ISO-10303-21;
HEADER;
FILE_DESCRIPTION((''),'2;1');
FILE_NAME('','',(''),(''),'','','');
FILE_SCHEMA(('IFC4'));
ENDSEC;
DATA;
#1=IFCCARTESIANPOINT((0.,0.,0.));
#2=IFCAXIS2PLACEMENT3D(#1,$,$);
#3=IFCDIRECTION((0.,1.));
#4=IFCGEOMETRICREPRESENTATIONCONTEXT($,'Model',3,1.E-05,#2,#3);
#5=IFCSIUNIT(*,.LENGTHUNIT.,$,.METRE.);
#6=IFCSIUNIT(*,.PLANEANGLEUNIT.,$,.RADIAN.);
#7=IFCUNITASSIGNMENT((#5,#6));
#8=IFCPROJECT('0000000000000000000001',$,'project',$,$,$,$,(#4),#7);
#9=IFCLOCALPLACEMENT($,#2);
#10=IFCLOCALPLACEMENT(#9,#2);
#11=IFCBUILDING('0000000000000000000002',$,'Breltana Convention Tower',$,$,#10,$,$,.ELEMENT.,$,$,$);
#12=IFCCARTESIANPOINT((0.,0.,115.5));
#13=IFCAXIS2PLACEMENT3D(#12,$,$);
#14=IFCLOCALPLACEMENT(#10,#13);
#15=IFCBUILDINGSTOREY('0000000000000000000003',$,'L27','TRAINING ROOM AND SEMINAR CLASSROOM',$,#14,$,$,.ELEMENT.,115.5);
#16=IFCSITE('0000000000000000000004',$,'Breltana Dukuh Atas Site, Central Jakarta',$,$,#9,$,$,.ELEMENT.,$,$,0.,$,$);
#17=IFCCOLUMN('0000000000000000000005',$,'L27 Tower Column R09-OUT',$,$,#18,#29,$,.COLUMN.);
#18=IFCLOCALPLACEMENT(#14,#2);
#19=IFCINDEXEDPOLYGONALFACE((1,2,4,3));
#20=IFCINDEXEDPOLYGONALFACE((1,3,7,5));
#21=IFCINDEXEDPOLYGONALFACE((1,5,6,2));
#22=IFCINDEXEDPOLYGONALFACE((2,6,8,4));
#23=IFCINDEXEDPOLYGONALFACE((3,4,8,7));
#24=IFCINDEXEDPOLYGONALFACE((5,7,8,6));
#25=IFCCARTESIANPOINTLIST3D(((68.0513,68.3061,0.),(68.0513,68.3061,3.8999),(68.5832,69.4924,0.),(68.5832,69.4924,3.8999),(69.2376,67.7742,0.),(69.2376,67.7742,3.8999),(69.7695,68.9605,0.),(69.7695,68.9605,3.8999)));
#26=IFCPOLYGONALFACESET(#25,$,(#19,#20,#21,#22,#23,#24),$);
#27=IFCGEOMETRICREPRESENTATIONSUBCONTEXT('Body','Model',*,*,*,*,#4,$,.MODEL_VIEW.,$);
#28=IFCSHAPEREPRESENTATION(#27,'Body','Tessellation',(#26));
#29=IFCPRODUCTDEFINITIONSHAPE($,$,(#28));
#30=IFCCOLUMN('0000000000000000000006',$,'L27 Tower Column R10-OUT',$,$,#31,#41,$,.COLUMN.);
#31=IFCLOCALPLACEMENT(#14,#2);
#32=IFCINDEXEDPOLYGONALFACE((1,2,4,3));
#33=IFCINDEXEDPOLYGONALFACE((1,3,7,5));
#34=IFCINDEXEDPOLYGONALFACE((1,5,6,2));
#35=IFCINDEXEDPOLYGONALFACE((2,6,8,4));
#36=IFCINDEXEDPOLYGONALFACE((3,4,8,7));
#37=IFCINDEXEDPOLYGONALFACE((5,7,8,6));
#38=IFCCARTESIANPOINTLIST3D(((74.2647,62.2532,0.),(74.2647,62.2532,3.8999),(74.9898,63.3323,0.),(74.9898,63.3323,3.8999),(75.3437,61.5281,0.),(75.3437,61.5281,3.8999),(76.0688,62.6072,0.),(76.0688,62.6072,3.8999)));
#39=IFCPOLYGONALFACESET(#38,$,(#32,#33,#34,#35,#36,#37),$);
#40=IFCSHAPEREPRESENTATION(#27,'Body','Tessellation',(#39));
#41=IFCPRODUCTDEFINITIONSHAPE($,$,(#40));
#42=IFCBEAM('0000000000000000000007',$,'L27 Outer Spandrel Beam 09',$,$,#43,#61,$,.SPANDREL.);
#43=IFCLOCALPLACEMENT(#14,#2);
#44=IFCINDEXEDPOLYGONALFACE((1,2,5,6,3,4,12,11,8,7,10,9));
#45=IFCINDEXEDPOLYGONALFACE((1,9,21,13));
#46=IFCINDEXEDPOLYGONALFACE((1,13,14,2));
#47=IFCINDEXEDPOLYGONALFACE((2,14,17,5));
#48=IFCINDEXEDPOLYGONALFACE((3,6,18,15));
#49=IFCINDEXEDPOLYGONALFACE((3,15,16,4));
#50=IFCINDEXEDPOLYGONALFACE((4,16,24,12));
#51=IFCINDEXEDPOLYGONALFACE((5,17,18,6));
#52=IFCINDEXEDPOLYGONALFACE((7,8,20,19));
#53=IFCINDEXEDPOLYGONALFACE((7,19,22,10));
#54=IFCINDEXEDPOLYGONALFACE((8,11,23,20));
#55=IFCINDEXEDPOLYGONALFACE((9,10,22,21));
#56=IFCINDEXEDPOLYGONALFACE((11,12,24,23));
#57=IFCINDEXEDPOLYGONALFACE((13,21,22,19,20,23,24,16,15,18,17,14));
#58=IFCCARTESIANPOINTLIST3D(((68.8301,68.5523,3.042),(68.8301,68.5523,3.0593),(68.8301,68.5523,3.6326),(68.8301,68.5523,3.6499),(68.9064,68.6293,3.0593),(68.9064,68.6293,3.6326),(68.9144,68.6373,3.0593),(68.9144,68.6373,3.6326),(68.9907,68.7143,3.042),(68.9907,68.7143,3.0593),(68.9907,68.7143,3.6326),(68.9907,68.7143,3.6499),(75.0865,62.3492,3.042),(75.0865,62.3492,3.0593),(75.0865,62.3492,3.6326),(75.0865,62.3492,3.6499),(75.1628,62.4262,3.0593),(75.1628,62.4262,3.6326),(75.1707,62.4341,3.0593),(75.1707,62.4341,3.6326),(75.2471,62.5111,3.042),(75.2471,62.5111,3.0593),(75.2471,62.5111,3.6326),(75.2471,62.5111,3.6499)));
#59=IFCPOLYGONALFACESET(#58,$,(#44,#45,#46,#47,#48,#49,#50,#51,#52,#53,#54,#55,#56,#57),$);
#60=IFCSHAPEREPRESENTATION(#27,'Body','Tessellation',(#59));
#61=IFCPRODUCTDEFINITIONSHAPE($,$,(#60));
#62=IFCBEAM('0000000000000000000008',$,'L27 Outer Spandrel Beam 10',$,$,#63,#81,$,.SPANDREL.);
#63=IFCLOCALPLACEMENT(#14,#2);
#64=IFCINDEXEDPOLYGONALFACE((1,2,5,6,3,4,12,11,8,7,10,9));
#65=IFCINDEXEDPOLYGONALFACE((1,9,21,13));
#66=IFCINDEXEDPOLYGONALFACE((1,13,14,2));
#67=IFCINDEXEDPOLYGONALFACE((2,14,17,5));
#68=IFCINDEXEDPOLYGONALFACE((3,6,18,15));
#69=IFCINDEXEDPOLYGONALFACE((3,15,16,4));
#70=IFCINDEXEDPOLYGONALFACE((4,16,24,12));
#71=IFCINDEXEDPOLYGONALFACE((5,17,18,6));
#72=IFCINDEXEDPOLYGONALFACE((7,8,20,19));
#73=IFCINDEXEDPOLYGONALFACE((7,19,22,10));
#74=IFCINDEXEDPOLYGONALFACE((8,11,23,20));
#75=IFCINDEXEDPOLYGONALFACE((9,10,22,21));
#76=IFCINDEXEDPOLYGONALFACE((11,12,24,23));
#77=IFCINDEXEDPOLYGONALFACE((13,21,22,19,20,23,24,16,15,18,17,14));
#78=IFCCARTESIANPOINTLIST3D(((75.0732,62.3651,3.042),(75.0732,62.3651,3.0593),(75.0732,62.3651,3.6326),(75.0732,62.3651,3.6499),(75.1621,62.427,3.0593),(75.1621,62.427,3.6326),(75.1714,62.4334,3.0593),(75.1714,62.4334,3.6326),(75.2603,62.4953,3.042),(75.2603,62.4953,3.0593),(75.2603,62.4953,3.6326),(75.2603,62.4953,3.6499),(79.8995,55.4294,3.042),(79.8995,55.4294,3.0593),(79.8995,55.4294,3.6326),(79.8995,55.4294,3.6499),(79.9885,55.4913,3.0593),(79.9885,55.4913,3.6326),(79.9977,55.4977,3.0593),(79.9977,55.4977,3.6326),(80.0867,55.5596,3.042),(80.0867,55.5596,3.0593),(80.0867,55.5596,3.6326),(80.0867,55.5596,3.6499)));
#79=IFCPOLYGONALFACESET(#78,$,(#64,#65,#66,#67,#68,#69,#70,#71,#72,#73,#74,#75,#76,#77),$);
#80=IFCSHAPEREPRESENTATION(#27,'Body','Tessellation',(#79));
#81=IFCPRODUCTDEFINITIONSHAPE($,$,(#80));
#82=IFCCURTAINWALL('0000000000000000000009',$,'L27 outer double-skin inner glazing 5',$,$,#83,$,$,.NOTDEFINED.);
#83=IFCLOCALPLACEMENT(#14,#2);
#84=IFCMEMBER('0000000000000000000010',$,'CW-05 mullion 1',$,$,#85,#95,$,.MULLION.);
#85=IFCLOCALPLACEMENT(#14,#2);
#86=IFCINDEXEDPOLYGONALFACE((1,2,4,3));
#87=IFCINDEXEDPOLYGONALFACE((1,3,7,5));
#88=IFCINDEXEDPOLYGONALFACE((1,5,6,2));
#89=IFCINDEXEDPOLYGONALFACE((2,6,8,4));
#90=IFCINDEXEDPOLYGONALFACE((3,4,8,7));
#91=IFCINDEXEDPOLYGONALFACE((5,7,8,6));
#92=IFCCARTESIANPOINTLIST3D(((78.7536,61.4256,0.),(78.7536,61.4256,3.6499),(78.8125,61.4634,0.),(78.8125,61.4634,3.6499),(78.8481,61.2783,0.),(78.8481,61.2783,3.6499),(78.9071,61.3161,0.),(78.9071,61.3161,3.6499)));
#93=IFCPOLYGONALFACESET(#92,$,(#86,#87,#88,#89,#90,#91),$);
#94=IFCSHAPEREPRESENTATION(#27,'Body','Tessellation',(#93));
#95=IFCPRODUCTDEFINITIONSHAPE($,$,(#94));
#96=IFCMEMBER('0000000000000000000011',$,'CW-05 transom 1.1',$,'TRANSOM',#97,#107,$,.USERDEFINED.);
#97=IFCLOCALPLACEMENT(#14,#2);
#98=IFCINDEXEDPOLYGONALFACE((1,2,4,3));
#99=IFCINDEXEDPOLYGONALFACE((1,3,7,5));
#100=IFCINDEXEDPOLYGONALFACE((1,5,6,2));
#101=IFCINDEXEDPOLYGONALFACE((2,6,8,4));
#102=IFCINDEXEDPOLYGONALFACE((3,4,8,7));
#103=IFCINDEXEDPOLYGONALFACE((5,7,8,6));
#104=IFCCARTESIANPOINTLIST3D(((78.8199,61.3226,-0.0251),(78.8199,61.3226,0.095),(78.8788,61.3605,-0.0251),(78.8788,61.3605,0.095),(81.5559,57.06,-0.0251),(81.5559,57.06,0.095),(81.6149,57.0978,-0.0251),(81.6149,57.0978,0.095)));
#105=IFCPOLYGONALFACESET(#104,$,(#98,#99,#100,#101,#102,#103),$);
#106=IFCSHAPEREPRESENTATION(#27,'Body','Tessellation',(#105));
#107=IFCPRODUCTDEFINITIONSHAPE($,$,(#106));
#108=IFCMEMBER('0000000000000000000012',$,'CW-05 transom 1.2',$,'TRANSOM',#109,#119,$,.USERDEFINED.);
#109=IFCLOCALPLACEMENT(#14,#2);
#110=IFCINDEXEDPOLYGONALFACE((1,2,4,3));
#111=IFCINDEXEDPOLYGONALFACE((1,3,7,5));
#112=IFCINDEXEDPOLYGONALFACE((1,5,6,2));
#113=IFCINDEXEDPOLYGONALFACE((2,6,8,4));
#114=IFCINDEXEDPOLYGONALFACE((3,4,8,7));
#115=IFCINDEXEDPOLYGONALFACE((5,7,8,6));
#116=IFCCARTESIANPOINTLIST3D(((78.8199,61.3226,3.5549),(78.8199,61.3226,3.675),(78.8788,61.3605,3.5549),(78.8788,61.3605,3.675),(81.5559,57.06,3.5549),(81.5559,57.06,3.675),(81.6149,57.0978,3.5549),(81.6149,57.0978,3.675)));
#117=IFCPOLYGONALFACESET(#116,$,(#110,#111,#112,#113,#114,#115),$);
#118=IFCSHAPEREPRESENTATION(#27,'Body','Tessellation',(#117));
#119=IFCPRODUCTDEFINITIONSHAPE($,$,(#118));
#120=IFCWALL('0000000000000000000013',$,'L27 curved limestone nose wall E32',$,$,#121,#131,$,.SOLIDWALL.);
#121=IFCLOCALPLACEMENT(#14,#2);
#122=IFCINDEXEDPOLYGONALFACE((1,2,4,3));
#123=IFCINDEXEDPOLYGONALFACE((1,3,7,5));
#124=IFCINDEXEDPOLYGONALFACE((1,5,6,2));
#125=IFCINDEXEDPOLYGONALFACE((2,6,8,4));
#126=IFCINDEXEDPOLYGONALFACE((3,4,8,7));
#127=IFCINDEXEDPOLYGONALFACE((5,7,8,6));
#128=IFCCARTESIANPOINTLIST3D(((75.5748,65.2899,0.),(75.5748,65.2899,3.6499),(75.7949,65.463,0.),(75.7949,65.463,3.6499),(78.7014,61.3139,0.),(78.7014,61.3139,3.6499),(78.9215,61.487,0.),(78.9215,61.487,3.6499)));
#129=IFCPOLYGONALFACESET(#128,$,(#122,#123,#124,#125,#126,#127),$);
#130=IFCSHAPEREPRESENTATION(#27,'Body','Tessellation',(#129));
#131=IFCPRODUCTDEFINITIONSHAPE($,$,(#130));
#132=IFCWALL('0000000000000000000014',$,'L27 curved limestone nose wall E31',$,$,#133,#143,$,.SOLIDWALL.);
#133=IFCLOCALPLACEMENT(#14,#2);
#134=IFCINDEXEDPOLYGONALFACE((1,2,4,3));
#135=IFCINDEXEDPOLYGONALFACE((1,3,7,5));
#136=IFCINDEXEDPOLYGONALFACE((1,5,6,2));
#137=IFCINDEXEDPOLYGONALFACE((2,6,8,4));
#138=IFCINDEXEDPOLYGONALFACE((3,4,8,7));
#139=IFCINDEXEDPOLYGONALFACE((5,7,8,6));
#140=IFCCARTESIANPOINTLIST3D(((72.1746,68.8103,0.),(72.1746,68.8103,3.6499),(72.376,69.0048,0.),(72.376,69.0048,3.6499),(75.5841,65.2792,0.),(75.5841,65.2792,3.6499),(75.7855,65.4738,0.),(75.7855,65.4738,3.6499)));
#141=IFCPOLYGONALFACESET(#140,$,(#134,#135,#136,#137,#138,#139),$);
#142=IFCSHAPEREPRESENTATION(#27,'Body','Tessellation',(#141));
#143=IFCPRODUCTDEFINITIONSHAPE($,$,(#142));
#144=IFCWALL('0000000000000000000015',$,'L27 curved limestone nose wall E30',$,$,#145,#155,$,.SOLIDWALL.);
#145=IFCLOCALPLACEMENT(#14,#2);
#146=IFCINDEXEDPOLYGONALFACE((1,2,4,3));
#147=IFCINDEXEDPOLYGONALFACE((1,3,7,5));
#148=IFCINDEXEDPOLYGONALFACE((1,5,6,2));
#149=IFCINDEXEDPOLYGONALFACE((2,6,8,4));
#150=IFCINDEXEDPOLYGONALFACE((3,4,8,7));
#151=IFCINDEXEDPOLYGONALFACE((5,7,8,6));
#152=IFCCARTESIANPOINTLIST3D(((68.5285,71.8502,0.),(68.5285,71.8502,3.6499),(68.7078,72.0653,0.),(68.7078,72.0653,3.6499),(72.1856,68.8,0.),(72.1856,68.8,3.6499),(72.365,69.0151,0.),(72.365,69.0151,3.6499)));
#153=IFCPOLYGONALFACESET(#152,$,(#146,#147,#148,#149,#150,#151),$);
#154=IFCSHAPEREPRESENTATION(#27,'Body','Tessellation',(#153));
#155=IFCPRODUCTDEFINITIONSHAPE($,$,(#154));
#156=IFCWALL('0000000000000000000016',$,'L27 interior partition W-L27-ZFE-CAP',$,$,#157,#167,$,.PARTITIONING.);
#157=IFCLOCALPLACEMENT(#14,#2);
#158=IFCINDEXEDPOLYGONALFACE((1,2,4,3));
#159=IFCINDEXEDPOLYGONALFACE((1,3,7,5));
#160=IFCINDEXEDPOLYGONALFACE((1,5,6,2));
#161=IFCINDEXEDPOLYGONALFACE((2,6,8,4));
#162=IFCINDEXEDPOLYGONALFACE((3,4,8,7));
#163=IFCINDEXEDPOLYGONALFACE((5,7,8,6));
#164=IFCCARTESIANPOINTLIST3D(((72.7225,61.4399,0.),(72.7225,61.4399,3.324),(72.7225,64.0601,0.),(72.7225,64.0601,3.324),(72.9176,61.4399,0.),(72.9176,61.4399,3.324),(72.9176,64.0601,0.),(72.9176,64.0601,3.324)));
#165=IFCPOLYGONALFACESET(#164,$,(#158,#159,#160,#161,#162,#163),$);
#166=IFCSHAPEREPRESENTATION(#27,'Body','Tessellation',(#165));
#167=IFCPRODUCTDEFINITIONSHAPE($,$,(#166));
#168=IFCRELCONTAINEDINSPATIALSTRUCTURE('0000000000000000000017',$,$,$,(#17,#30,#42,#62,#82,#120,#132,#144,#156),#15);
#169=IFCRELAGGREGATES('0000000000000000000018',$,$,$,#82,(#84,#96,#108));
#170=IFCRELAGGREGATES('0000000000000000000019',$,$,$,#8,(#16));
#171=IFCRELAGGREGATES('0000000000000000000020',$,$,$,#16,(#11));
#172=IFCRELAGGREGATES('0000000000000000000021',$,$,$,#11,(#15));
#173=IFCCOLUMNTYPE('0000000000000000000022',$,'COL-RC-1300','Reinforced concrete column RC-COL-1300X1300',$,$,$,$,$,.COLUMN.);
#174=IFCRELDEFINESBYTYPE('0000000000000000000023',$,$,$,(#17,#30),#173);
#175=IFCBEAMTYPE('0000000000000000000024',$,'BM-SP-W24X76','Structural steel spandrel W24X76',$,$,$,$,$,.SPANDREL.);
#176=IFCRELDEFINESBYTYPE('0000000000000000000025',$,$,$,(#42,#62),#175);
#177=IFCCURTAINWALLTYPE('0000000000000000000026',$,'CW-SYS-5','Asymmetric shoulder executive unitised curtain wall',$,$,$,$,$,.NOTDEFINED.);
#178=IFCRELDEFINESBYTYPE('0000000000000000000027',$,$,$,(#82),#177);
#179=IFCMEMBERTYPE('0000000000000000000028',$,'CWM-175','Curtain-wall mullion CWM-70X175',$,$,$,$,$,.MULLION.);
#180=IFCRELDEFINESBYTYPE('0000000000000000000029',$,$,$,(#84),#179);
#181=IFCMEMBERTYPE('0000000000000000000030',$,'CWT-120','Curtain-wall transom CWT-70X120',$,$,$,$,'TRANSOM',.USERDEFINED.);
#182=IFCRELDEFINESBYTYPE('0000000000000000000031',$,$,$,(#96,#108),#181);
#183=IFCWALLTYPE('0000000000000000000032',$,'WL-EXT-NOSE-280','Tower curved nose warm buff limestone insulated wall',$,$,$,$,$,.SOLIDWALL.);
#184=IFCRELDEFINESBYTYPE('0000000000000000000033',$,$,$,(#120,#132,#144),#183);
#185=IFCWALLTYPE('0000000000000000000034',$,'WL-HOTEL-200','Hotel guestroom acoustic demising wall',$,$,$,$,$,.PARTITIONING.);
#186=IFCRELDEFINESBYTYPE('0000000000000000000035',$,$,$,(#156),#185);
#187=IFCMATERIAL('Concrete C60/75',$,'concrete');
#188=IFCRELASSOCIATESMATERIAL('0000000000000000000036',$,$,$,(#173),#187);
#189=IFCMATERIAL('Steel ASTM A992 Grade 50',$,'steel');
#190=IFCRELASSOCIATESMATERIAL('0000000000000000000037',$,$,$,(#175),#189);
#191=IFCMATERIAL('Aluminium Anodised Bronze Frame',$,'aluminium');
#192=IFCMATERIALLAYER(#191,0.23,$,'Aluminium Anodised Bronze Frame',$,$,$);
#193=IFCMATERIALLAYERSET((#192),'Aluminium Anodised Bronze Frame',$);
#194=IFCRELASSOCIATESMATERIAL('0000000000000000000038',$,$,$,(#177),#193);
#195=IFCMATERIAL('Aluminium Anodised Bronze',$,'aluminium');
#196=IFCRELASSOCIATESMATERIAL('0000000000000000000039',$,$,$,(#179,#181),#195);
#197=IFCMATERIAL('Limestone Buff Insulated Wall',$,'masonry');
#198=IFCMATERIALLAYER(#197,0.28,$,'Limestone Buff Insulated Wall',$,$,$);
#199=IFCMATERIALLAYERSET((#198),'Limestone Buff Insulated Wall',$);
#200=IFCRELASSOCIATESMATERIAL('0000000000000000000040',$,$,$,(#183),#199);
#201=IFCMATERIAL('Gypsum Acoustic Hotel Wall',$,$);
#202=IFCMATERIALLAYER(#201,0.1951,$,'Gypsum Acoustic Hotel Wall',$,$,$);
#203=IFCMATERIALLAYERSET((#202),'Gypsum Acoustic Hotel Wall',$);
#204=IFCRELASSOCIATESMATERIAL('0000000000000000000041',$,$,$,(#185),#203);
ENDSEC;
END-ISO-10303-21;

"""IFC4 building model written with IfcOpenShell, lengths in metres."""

from ifc_helpers import new_model, si_unit, direction, frame, frame_2d, origin, origin_2d, place, context, subcontext, project, spatial, rectangle, i_section, extrude, source, transform, mapped, material, layer, layer_set, material_profile, profile_set, type_object, element, aggregate, save


model = new_model("IFC4")

# Units and contexts
model_context = context("Model", 3, precision=1e-05, world=origin(), true_north=direction((0.0, 1.0)))
body_context = subcontext(model_context, "Body", "Model", "MODEL_VIEW")
ifc_project = project(units=[si_unit("LENGTHUNIT", "METRE"), si_unit("PLANEANGLEUNIT", "RADIAN")], contexts=[model_context])

# Site, building, storey
site_placement = place(None, origin())
site = spatial("IfcSite", under=ifc_project, at=site_placement, Name="Breltana Dukuh Atas Site, Central Jakarta", CompositionType="ELEMENT", RefElevation=0.0)
building_placement = place(site_placement, origin())
building = spatial("IfcBuilding", under=site, at=building_placement, Name="Breltana Convention Tower", CompositionType="ELEMENT")
storey_placement = place(building_placement, frame((0.0, 0.0, 115.5)))
storey = spatial("IfcBuildingStorey", under=building, at=storey_placement, Name="L27", Description="TRAINING ROOM AND SEMINAR CLASSROOM", CompositionType="ELEMENT", Elevation=115.5)

# Columns
ifc_material_1 = material(Name="Concrete C60/75", Category="concrete")
ifc_material_profile_1 = material_profile(ifc_material_1, rectangle(XDim=1.3, YDim=1.3, at=origin_2d()), Name="RC-COL-1300X1300")
ifc_profile_set_1 = profile_set([ifc_material_profile_1], Name="Concrete C60/75")
column_type = type_object("IfcColumnType", Name="COL-RC-1300", Description="Reinforced concrete column RC-COL-1300X1300", PredefinedType="COLUMN", material=ifc_profile_set_1)
shared_shape_1 = source(origin(), body_context, "Body", "SweptSolid", [
    extrude(rectangle(XDim=1.3, YDim=1.3, at=origin_2d()), origin(), (0.0, 0.0, 1.0), 3.8999),
])
for number, where, z_axis, x_axis, name in (
    (1, (68.9104, 68.6333, 0.0), (0.0, 0.0, 1.0), (0.409127, 0.912477, 0.0), "L27 Tower Column R09-OUT"),
    (2, (75.1667, 62.4302, 0.0), (0.0, 0.0, 1.0), (0.557745, 0.830012, 0.0), "L27 Tower Column R10-OUT"),
):
    element("IfcColumn", number, at=place(storey_placement, frame(where, z_axis=z_axis, x_axis=x_axis)), inside=storey, type_object=column_type, Name=name, PredefinedType="COLUMN", context=body_context, shape_type="MappedRepresentation", body=[
        mapped(shared_shape_1, transform((0.0, 0.0, 0.0), scale=1.0)),
    ])

# Beams
ifc_material_2 = material(Name="Steel ASTM A992 Grade 50", Category="steel")
ifc_material_profile_2 = material_profile(ifc_material_2, i_section(OverallWidth=0.228, OverallDepth=0.6079, WebThickness=0.0112, FlangeThickness=0.0173, at=origin_2d()), Name="W24X76")
ifc_profile_set_2 = profile_set([ifc_material_profile_2], Name="Steel ASTM A992 Grade 50")
beam_type = type_object("IfcBeamType", Name="BM-SP-W24X76", Description="Structural steel spandrel W24X76", PredefinedType="SPANDREL", material=ifc_profile_set_2)
shared_shape_2 = source(origin(), body_context, "Body", "SweptSolid", [
    extrude(i_section(OverallWidth=0.228, OverallDepth=0.6079, WebThickness=0.0112, FlangeThickness=0.0173, at=origin_2d()), origin(), (0.0, 0.0, 1.0), 8.8103),
])
beam_1_placement = place(storey_placement, frame((68.9104, 68.6333, 3.3459), z_axis=(0.710121, -0.70408, 0.0), x_axis=(0.70408, 0.710121, 0.0)))
element("IfcBeam", 3, at=beam_1_placement, inside=storey, type_object=beam_type, Name="L27 Outer Spandrel Beam 09", PredefinedType="SPANDREL", context=body_context, shape_type="MappedRepresentation", body=[
    mapped(shared_shape_2, transform((0.0, 0.0, 0.0), scale=1.0)),
])
shared_shape_3 = source(origin(), body_context, "Body", "SweptSolid", [
    extrude(i_section(OverallWidth=0.228, OverallDepth=0.6079, WebThickness=0.0112, FlangeThickness=0.0173, at=origin_2d()), origin(), (0.0, 0.0, 1.0), 8.4497),
])
beam_2_placement = place(storey_placement, frame((75.1667, 62.4302, 3.3459), z_axis=(0.571186, -0.820821, 0.0), x_axis=(0.820821, 0.571186, 0.0)))
element("IfcBeam", 4, at=beam_2_placement, inside=storey, type_object=beam_type, Name="L27 Outer Spandrel Beam 10", PredefinedType="SPANDREL", context=body_context, shape_type="MappedRepresentation", body=[
    mapped(shared_shape_3, transform((0.0, 0.0, 0.0), scale=1.0)),
])

# Curtain wall, members
ifc_material_3 = material(Name="Aluminium Anodised Bronze Frame", Category="aluminium")
ifc_layer_1 = layer(ifc_material_3, 0.23, Name="Aluminium Anodised Bronze Frame")
ifc_layer_set_1 = layer_set([ifc_layer_1], Name="Aluminium Anodised Bronze Frame")
curtain_wall_type = type_object("IfcCurtainWallType", Name="CW-SYS-5", Description="Asymmetric shoulder executive unitised curtain wall", PredefinedType="NOTDEFINED", material=ifc_layer_set_1)
curtain_wall_placement = place(storey_placement, origin())
curtain_wall = element("IfcCurtainWall", 5, at=curtain_wall_placement, inside=storey, type_object=curtain_wall_type, Name="L27 outer double-skin inner glazing 5", PredefinedType="NOTDEFINED")
ifc_material_4 = material(Name="Aluminium Anodised Bronze", Category="aluminium")
ifc_material_profile_3 = material_profile(ifc_material_4, rectangle(XDim=0.0701, YDim=0.175, at=origin_2d()), Name="CWM-70X175")
ifc_profile_set_3 = profile_set([ifc_material_profile_3], Name="Aluminium Anodised Bronze")
member_type_1 = type_object("IfcMemberType", Name="CWM-175", Description="Curtain-wall mullion CWM-70X175", PredefinedType="MULLION", material=ifc_profile_set_3)
shared_shape_4 = source(origin(), body_context, "Body", "SweptSolid", [
    extrude(rectangle(XDim=0.0701, YDim=0.175, at=origin_2d()), origin(), (0.0, 0.0, 1.0), 3.6499),
])
member_1_placement = place(storey_placement, frame((78.8303, 61.3708, 0.0), z_axis=(0.0, 0.0, 1.0), x_axis=(0.841552, 0.540177, 0.0)))
member_1 = element("IfcMember", 6, at=member_1_placement, type_object=member_type_1, Name="CW-05 mullion 1", PredefinedType="MULLION", context=body_context, shape_type="MappedRepresentation", body=[
    mapped(shared_shape_4, transform((0.0, 0.0, 0.0), scale=1.0)),
])
ifc_material_profile_4 = material_profile(ifc_material_4, rectangle(XDim=0.0701, YDim=0.1201, at=origin_2d()), Name="CWT-70X120")
ifc_profile_set_4 = profile_set([ifc_material_profile_4], Name="Aluminium Anodised Bronze")
member_type_2 = type_object("IfcMemberType", Name="CWT-120", Description="Curtain-wall transom CWT-70X120", ElementType="TRANSOM", PredefinedType="USERDEFINED", material=ifc_profile_set_4)
shared_shape_5 = source(origin(), body_context, "Body", "SweptSolid", [
    extrude(rectangle(XDim=0.0701, YDim=0.1201, at=origin_2d()), origin(), (0.0, 0.0, 1.0), 5.0652),
])
member_2_placement = place(storey_placement, frame((78.8494, 61.3416, 0.0349), z_axis=(0.540168, -0.841557, 0.0), x_axis=(0.841557, 0.540168, 0.0)))
member_2 = element("IfcMember", 7, at=member_2_placement, type_object=member_type_2, Name="CW-05 transom 1.1", ObjectType="TRANSOM", PredefinedType="USERDEFINED", context=body_context, shape_type="MappedRepresentation", body=[
    mapped(shared_shape_5, transform((0.0, 0.0, 0.0), scale=1.0)),
])
member_3_placement = place(storey_placement, frame((78.8494, 61.3416, 3.615), z_axis=(0.540168, -0.841557, 0.0), x_axis=(0.841557, 0.540168, 0.0)))
member_3 = element("IfcMember", 8, at=member_3_placement, type_object=member_type_2, Name="CW-05 transom 1.2", ObjectType="TRANSOM", PredefinedType="USERDEFINED", context=body_context, shape_type="MappedRepresentation", body=[
    mapped(shared_shape_5, transform((0.0, 0.0, 0.0), scale=1.0)),
])
aggregate(curtain_wall, [member_1, member_2, member_3])

# Walls
ifc_material_5 = material(Name="Limestone Buff Insulated Wall", Category="masonry")
ifc_layer_2 = layer(ifc_material_5, 0.28, Name="Limestone Buff Insulated Wall")
ifc_layer_set_2 = layer_set([ifc_layer_2], Name="Limestone Buff Insulated Wall")
wall_type_1 = type_object("IfcWallType", Name="WL-EXT-NOSE-280", Description="Tower curved nose warm buff limestone insulated wall", PredefinedType="SOLIDWALL", material=ifc_layer_set_2)
shared_shape_6 = source(origin(), body_context, "Body", "SweptSolid", [
    extrude(rectangle(XDim=5.0581, YDim=0.28, at=frame_2d((2.5291, 0.0))), origin(), (0.0, 0.0, 1.0), 3.6499),
])
wall_1_placement = place(storey_placement, frame((75.6848, 65.3765, 0.0), z_axis=(0.0, 0.0, 1.0), x_axis=(0.618146, -0.786064, 0.0)))
element("IfcWall", 9, at=wall_1_placement, inside=storey, type_object=wall_type_1, Name="L27 curved limestone nose wall E32", PredefinedType="SOLIDWALL", context=body_context, shape_type="MappedRepresentation", body=[
    mapped(shared_shape_6, transform((0.0, 0.0, 0.0), scale=1.0)),
])
shared_shape_7 = source(origin(), body_context, "Body", "SweptSolid", [
    extrude(rectangle(XDim=4.9084, YDim=0.28, at=frame_2d((2.4541, 0.0))), origin(), (0.0, 0.0, 1.0), 3.6499),
])
wall_2_placement = place(storey_placement, frame((72.2754, 68.9075, 0.0), z_axis=(0.0, 0.0, 1.0), x_axis=(0.694613, -0.719383, 0.0)))
element("IfcWall", 10, at=wall_2_placement, inside=storey, type_object=wall_type_1, Name="L27 curved limestone nose wall E31", PredefinedType="SOLIDWALL", context=body_context, shape_type="MappedRepresentation", body=[
    mapped(shared_shape_7, transform((0.0, 0.0, 0.0), scale=1.0)),
])
shared_shape_8 = source(origin(), body_context, "Body", "SweptSolid", [
    extrude(rectangle(XDim=4.7622, YDim=0.28, at=frame_2d((2.3811, 0.0))), origin(), (0.0, 0.0, 1.0), 3.6499),
])
wall_3_placement = place(storey_placement, frame((68.6182, 71.9578, 0.0), z_axis=(0.0, 0.0, 1.0), x_axis=(0.767952, -0.640507, 0.0)))
element("IfcWall", 11, at=wall_3_placement, inside=storey, type_object=wall_type_1, Name="L27 curved limestone nose wall E30", PredefinedType="SOLIDWALL", context=body_context, shape_type="MappedRepresentation", body=[
    mapped(shared_shape_8, transform((0.0, 0.0, 0.0), scale=1.0)),
])
ifc_material_6 = material(Name="Gypsum Acoustic Hotel Wall")
ifc_layer_3 = layer(ifc_material_6, 0.1951, Name="Gypsum Acoustic Hotel Wall")
ifc_layer_set_3 = layer_set([ifc_layer_3], Name="Gypsum Acoustic Hotel Wall")
wall_type_2 = type_object("IfcWallType", Name="WL-HOTEL-200", Description="Hotel guestroom acoustic demising wall", PredefinedType="PARTITIONING", material=ifc_layer_set_3)
shared_shape_9 = source(origin(), body_context, "Body", "SweptSolid", [
    extrude(rectangle(XDim=2.6201, YDim=0.1951, at=frame_2d((1.3101, 0.0))), origin(), (0.0, 0.0, 1.0), 3.324),
])
wall_4_placement = place(storey_placement, frame((72.8201, 61.4399, 0.0), z_axis=(0.0, 0.0, 1.0), x_axis=(0.0, 1.0, 0.0)))
element("IfcWall", 12, at=wall_4_placement, inside=storey, type_object=wall_type_2, Name="L27 interior partition W-L27-ZFE-CAP", PredefinedType="PARTITIONING", context=body_context, shape_type="MappedRepresentation", body=[
    mapped(shared_shape_9, transform((0.0, 0.0, 0.0), scale=1.0)),
])

save(model, "model.ifc")
